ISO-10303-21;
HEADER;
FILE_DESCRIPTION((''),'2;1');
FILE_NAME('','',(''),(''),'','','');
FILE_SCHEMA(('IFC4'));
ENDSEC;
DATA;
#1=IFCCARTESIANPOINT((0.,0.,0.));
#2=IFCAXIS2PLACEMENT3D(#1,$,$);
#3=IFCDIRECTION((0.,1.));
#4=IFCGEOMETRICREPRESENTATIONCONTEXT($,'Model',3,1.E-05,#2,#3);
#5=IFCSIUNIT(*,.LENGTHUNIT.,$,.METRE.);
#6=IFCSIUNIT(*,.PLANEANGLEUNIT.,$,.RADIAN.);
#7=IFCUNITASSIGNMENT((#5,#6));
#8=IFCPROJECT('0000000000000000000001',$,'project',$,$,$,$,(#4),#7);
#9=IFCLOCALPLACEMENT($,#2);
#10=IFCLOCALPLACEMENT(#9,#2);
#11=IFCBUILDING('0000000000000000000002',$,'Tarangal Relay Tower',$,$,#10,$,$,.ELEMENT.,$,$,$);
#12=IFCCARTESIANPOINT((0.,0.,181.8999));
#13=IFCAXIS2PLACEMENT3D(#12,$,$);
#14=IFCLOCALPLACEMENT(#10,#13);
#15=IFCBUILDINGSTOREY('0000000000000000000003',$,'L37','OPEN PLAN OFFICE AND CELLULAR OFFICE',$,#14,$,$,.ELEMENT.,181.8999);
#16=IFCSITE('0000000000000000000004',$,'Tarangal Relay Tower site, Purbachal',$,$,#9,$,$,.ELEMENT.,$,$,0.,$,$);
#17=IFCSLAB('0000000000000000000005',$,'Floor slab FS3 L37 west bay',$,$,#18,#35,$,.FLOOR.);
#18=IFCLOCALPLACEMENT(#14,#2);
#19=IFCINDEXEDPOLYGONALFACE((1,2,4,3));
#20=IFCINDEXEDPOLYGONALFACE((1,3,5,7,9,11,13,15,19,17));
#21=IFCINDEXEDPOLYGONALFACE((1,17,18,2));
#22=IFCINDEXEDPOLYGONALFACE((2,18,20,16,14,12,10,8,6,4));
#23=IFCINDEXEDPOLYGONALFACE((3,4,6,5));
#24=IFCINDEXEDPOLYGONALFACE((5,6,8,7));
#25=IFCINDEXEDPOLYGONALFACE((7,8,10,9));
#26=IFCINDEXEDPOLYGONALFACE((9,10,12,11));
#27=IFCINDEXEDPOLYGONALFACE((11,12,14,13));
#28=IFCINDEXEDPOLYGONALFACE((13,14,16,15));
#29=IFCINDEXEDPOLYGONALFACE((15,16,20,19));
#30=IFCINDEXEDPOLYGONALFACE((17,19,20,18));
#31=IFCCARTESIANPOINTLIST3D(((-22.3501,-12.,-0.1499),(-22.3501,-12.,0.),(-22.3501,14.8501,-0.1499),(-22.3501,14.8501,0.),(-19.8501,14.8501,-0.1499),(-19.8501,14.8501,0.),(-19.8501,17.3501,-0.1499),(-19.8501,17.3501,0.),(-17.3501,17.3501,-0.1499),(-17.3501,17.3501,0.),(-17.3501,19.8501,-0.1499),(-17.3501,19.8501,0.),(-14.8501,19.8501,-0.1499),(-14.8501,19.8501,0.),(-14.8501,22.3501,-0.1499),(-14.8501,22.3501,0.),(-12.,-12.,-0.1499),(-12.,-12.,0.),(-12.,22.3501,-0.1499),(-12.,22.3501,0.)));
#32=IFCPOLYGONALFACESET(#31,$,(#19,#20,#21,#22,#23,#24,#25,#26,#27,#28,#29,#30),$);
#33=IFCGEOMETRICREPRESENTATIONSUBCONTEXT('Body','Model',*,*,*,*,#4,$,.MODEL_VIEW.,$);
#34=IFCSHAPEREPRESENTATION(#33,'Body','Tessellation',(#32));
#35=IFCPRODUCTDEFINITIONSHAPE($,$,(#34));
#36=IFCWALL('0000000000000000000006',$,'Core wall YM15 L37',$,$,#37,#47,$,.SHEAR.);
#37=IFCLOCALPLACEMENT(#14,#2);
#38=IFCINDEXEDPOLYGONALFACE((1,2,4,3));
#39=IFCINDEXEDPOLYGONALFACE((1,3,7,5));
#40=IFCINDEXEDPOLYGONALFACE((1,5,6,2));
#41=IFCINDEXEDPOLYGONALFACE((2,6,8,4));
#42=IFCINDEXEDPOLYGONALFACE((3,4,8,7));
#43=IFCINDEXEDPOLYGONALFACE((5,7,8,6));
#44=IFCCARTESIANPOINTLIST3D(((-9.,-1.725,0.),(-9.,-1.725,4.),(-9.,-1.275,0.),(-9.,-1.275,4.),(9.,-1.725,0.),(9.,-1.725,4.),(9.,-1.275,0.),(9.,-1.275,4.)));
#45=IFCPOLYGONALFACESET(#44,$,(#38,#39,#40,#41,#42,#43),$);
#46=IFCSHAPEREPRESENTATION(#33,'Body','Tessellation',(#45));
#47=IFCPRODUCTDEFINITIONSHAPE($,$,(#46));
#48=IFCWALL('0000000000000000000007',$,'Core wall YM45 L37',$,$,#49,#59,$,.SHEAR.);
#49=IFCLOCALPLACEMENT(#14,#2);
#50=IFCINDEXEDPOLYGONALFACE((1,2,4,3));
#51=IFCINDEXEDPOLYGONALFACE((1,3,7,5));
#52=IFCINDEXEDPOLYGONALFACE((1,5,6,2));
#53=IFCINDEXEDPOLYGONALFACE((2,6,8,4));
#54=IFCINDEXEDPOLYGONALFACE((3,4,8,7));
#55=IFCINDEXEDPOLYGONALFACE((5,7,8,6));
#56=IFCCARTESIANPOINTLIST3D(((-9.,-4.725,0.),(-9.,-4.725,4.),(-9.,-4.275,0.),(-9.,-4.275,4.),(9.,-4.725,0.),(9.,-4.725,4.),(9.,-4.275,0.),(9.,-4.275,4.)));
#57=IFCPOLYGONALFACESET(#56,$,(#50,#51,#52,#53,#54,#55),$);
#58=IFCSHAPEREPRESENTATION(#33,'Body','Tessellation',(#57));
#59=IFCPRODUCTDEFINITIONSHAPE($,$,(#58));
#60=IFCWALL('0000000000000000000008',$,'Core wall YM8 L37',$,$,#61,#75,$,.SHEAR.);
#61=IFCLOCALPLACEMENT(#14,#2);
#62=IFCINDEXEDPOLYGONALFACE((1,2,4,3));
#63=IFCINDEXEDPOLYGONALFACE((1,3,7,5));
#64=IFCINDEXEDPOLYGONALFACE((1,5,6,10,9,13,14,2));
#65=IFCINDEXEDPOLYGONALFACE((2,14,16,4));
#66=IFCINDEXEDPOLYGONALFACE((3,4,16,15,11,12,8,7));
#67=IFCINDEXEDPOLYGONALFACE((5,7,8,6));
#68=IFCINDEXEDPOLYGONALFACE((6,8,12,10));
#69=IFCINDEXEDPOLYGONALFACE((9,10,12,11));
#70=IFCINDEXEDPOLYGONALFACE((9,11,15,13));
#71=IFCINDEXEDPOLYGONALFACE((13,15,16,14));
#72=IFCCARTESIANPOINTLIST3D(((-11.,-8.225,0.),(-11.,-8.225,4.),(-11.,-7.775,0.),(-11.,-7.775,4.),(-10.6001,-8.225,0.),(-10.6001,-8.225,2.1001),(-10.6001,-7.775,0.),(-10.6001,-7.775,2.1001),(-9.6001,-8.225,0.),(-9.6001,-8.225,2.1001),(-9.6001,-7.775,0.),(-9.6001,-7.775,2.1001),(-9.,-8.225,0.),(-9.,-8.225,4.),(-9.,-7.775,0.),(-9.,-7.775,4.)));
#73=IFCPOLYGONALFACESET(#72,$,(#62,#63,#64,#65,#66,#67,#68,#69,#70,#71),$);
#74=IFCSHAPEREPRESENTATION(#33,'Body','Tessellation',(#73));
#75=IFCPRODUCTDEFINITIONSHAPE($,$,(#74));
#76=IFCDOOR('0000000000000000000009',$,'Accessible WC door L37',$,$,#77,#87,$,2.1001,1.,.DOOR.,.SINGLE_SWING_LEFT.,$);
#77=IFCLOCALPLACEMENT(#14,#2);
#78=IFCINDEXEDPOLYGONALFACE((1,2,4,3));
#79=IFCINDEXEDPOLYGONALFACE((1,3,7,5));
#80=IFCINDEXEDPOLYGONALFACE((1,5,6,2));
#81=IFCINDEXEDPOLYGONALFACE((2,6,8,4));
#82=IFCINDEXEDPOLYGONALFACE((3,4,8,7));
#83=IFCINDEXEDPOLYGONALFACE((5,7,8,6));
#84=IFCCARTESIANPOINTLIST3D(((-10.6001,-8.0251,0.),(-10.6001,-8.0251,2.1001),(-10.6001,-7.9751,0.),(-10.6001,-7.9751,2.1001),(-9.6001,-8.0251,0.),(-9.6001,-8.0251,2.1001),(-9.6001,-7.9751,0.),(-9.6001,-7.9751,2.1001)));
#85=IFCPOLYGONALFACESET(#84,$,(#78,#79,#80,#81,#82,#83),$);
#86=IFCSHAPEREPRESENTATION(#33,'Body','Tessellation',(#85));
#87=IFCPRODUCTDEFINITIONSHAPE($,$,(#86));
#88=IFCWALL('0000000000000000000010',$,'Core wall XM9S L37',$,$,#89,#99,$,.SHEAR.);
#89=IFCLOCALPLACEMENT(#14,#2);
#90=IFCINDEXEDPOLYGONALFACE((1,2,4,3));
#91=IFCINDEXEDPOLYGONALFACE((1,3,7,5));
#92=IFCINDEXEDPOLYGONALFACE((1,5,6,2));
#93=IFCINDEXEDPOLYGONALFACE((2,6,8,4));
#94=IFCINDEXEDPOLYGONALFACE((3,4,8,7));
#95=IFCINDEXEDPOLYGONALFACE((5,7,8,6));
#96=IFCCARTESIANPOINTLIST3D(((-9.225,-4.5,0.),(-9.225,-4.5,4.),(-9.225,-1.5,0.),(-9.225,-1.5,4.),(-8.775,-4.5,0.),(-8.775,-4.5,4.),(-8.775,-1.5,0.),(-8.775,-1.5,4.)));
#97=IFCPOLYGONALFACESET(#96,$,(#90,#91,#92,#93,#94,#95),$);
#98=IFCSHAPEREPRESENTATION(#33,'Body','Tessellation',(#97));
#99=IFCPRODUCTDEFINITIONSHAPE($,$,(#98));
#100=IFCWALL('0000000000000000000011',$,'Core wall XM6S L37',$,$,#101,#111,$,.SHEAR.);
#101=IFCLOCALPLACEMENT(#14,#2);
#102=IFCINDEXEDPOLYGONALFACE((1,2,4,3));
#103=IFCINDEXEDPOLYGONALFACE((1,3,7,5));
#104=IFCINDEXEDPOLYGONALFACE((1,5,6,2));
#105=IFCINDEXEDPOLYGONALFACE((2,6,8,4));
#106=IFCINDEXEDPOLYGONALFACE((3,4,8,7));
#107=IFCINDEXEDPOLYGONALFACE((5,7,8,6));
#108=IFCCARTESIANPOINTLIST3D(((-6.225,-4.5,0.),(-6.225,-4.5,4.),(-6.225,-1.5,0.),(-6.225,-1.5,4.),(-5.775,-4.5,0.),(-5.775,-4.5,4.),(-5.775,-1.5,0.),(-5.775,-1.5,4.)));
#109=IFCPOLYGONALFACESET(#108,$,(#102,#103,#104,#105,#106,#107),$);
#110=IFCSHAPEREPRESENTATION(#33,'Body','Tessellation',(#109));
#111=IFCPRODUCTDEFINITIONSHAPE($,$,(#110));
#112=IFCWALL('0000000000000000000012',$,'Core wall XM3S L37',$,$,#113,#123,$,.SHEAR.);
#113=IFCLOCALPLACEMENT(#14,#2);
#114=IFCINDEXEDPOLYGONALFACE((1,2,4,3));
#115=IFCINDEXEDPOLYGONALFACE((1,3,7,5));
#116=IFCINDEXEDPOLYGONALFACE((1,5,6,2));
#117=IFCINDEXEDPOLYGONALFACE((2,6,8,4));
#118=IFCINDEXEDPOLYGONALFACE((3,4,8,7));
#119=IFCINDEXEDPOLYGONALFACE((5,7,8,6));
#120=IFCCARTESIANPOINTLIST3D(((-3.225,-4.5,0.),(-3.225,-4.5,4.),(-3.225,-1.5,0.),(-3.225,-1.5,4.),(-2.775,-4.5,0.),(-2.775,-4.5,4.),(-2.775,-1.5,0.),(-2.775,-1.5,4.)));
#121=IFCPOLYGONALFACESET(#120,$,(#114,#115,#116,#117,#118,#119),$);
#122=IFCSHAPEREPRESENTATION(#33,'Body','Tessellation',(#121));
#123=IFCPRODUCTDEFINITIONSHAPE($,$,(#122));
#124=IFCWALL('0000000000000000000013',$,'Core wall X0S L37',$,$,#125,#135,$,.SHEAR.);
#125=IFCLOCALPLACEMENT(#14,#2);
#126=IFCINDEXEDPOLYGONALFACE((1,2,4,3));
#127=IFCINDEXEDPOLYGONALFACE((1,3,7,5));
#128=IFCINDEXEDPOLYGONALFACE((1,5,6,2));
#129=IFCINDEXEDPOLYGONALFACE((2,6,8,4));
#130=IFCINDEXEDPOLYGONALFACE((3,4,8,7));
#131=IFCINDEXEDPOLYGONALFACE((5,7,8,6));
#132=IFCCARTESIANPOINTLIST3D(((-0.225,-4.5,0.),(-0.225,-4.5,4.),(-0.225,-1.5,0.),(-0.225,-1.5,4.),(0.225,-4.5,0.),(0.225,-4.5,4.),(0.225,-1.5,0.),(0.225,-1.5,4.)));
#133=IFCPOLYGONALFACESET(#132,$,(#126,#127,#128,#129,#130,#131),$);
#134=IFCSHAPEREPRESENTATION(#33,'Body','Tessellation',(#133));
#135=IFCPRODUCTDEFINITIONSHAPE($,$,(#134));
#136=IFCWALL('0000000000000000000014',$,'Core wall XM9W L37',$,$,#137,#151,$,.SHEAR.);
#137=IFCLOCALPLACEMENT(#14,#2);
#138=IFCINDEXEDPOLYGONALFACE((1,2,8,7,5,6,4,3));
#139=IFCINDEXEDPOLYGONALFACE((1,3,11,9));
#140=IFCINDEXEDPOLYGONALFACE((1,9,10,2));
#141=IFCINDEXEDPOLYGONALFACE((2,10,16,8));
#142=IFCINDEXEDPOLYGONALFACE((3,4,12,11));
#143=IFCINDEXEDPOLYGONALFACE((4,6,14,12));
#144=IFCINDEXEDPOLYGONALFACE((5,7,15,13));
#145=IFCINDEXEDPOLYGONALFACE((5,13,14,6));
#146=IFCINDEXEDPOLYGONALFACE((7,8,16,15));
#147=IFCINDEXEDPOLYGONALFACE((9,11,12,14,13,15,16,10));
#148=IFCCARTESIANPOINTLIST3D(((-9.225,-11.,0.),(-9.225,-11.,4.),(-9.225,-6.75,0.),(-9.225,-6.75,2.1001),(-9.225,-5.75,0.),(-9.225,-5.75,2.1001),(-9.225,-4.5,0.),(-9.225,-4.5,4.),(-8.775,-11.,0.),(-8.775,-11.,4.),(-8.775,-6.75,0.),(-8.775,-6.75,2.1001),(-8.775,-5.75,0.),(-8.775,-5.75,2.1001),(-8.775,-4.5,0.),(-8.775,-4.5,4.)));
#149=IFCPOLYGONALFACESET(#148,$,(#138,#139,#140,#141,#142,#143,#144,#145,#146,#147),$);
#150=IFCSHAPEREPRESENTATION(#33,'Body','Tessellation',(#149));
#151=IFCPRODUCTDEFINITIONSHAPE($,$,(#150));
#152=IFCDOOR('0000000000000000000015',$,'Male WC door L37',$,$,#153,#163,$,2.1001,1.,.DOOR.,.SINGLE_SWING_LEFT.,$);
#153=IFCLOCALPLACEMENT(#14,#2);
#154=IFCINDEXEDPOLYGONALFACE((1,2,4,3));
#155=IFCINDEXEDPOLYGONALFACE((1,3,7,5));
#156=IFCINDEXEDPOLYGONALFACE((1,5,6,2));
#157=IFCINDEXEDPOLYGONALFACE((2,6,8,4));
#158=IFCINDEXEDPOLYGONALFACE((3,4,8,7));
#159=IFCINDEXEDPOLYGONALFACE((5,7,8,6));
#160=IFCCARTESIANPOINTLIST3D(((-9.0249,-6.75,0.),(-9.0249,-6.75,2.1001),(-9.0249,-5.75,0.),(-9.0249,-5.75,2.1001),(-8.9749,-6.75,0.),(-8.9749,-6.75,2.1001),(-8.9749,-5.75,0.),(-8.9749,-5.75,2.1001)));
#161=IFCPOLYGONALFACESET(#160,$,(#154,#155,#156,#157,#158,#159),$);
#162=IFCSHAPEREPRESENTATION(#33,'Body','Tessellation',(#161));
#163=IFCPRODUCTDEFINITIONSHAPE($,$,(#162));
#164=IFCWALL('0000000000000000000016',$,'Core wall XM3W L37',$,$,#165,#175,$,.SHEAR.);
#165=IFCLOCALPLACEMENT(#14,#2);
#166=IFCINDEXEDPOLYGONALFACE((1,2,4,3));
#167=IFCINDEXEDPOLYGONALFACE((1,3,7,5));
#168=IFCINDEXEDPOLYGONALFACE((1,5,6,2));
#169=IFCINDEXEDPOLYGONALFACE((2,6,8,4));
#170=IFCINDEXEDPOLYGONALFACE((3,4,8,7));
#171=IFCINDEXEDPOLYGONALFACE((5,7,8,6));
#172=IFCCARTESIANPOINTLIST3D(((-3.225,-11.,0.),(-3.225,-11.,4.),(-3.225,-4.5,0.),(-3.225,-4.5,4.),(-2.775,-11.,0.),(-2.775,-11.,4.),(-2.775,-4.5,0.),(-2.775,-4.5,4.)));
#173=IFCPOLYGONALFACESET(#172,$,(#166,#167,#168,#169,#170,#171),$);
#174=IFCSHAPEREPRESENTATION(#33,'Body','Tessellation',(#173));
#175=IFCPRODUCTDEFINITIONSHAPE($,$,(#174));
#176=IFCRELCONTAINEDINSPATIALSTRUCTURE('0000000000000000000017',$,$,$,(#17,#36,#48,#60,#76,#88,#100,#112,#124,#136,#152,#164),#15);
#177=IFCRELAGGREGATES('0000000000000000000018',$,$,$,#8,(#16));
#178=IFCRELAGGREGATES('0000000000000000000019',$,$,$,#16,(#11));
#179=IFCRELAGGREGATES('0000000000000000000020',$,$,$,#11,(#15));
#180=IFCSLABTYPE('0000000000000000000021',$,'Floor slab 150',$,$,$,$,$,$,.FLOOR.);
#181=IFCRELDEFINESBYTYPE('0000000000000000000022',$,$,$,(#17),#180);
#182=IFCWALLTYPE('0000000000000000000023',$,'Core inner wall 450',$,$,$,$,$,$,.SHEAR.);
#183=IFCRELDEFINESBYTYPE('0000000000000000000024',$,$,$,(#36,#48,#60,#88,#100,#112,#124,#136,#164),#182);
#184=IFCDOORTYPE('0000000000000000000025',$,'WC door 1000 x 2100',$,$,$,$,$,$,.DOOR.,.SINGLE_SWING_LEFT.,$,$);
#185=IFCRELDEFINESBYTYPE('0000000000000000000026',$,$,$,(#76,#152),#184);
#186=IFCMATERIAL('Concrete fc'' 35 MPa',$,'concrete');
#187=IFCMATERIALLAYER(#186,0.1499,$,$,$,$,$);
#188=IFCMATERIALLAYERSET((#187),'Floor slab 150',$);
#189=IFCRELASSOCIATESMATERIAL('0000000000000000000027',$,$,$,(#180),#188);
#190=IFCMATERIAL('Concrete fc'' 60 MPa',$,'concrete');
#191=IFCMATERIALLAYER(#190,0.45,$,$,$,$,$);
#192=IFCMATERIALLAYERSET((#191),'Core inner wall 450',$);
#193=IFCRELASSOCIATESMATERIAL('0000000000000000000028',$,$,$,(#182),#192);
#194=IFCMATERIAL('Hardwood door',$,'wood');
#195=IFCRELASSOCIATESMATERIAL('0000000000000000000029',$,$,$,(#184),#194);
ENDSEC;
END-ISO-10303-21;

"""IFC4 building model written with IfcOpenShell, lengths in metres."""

from ifc_helpers import new_model, si_unit, direction, frame, frame_2d, origin, place, context, subcontext, project, spatial, polyline, rectangle, outline, extrude, material, layer, layer_set, type_object, element, fill, save


model = new_model("IFC4")

# Units and contexts
model_context = context("Model", 3, precision=1e-05, world=origin(), true_north=direction((0.0, 1.0)))
body_context = subcontext(model_context, "Body", "Model", "MODEL_VIEW")
ifc_project = project(units=[si_unit("LENGTHUNIT", "METRE"), si_unit("PLANEANGLEUNIT", "RADIAN")], contexts=[model_context])

# Site, building, storey
site_placement = place(None, origin())
site = spatial("IfcSite", under=ifc_project, at=site_placement, Name="Tarangal Relay Tower site, Purbachal", CompositionType="ELEMENT", RefElevation=0.0)
building_placement = place(site_placement, origin())
building = spatial("IfcBuilding", under=site, at=building_placement, Name="Tarangal Relay Tower", CompositionType="ELEMENT")
storey_placement = place(building_placement, frame((0.0, 0.0, 181.8999)))
storey = spatial("IfcBuildingStorey", under=building, at=storey_placement, Name="L37", Description="OPEN PLAN OFFICE AND CELLULAR OFFICE", CompositionType="ELEMENT", Elevation=181.8999)

# Slab
ifc_material_1 = material(Name="Concrete fc' 35 MPa", Category="concrete")
ifc_layer_1 = layer(ifc_material_1, 0.1499)
ifc_layer_set_1 = layer_set([ifc_layer_1], Name="Floor slab 150")
slab_type = type_object("IfcSlabType", Name="Floor slab 150", PredefinedType="FLOOR", material=ifc_layer_set_1)
slab_1_placement = place(storey_placement, frame((0.0, 0.0, -0.1499)))
element("IfcSlab", 1, at=slab_1_placement, inside=storey, type_object=slab_type, Name="Floor slab FS3 L37 west bay", PredefinedType="FLOOR", context=body_context, shape_type="SweptSolid", body=[
    extrude(outline(polyline([(-12.0, 22.3501), (-12.0, -12.0), (-22.3501, -12.0), (-22.3501, 14.8501), (-19.8501, 14.8501), (-19.8501, 17.3501), (-17.3501, 17.3501), (-17.3501, 19.8501), (-14.8501, 19.8501), (-14.8501, 22.3501), (-12.0, 22.3501)])), origin(), (0.0, 0.0, 1.0), 0.1499),
])

# Walls
ifc_material_2 = material(Name="Concrete fc' 60 MPa", Category="concrete")
ifc_layer_2 = layer(ifc_material_2, 0.45)
ifc_layer_set_2 = layer_set([ifc_layer_2], Name="Core inner wall 450")
wall_type_1 = type_object("IfcWallType", Name="Core inner wall 450", PredefinedType="SHEAR", material=ifc_layer_set_2)
for number, where, z_axis, x_axis, name in (
    (2, (-9.0, -1.5, 0.0), (0.0, 0.0, 1.0), (1.0, 0.0, 0.0), "Core wall YM15 L37"),
    (3, (-9.0, -4.5, 0.0), (0.0, 0.0, 1.0), (1.0, 0.0, 0.0), "Core wall YM45 L37"),
):
    element("IfcWall", number, at=place(storey_placement, frame(where, z_axis=z_axis, x_axis=x_axis)), inside=storey, type_object=wall_type_1, Name=name, PredefinedType="SHEAR", context=body_context, shape_type="SweptSolid", body=[
        extrude(rectangle(XDim=18.0, YDim=0.45, at=frame_2d((9.0, 0.0))), origin(), (0.0, 0.0, 1.0), 4.0),
    ])

# Wall, opening, door
wall_1_placement = place(storey_placement, frame((-11.0, -8.0, 0.0), z_axis=(0.0, 0.0, 1.0), x_axis=(1.0, 0.0, 0.0)))
wall_1 = element("IfcWall", 4, at=wall_1_placement, inside=storey, type_object=wall_type_1, Name="Core wall YM8 L37", PredefinedType="SHEAR", context=body_context, shape_type="SweptSolid", body=[
    extrude(rectangle(XDim=2.0, YDim=0.45, at=frame_2d((1.0, 0.0))), origin(), (0.0, 0.0, 1.0), 4.0),
])
opening_1_placement = place(wall_1_placement, frame((0.3999, 0.0, 0.0)))
opening_1 = element("IfcOpeningElement", 5, at=opening_1_placement, cuts=wall_1, PredefinedType="OPENING", context=body_context, shape_type="SweptSolid", body=[
    extrude(rectangle(XDim=1.0, YDim=2.1001, at=frame_2d((0.5, 1.05))), frame((0.0, 0.2349, 0.0), z_axis=(0.0, -1.0, 0.0), x_axis=(1.0, 0.0, 0.0)), (0.0, 0.0, 1.0), 0.47),
])
ifc_material_3 = material(Name="Hardwood door", Category="wood")
door_type_1 = type_object("IfcDoorType", Name="WC door 1000 x 2100", OperationType="SINGLE_SWING_LEFT", PredefinedType="DOOR", material=ifc_material_3)
door_1_placement = place(opening_1_placement, origin())
door_1 = element("IfcDoor", 6, at=door_1_placement, inside=storey, type_object=door_type_1, Name="Accessible WC door L37", OperationType="SINGLE_SWING_LEFT", OverallHeight=2.1001, OverallWidth=1.0, PredefinedType="DOOR", context=body_context, shape_type="SweptSolid", body=[
    extrude(rectangle(XDim=1.0, YDim=2.1001, at=frame_2d((0.5, 1.05))), frame((0.0, 0.0249, 0.0), z_axis=(0.0, -1.0, 0.0), x_axis=(1.0, 0.0, 0.0)), (0.0, 0.0, 1.0), 0.05),
])
fill(opening_1, door_1)

# Walls
for number, where, z_axis, x_axis, name in (
    (7, (-9.0, -4.5, 0.0), (0.0, 0.0, 1.0), (0.0, 1.0, 0.0), "Core wall XM9S L37"),
    (8, (-6.0, -4.5, 0.0), (0.0, 0.0, 1.0), (0.0, 1.0, 0.0), "Core wall XM6S L37"),
    (9, (-3.0, -4.5, 0.0), (0.0, 0.0, 1.0), (0.0, 1.0, 0.0), "Core wall XM3S L37"),
    (10, (0.0, -4.5, 0.0), (0.0, 0.0, 1.0), (0.0, 1.0, 0.0), "Core wall X0S L37"),
):
    element("IfcWall", number, at=place(storey_placement, frame(where, z_axis=z_axis, x_axis=x_axis)), inside=storey, type_object=wall_type_1, Name=name, PredefinedType="SHEAR", context=body_context, shape_type="SweptSolid", body=[
        extrude(rectangle(XDim=3.0, YDim=0.45, at=frame_2d((1.5, 0.0))), origin(), (0.0, 0.0, 1.0), 4.0),
    ])

# Wall, opening, door
wall_2_placement = place(storey_placement, frame((-9.0, -11.0, 0.0), z_axis=(0.0, 0.0, 1.0), x_axis=(0.0, 1.0, 0.0)))
wall_2 = element("IfcWall", 11, at=wall_2_placement, inside=storey, type_object=wall_type_1, Name="Core wall XM9W L37", PredefinedType="SHEAR", context=body_context, shape_type="SweptSolid", body=[
    extrude(rectangle(XDim=6.5, YDim=0.45, at=frame_2d((3.25, 0.0))), origin(), (0.0, 0.0, 1.0), 4.0),
])
opening_2_placement = place(wall_2_placement, frame((4.25, 0.0, 0.0)))
opening_2 = element("IfcOpeningElement", 12, at=opening_2_placement, cuts=wall_2, PredefinedType="OPENING", context=body_context, shape_type="SweptSolid", body=[
    extrude(rectangle(XDim=1.0, YDim=2.1001, at=frame_2d((0.5, 1.05))), frame((0.0, 0.2349, 0.0), z_axis=(0.0, -1.0, 0.0), x_axis=(1.0, 0.0, 0.0)), (0.0, 0.0, 1.0), 0.47),
])
door_2_placement = place(opening_2_placement, origin())
door_2 = element("IfcDoor", 13, at=door_2_placement, inside=storey, type_object=door_type_1, Name="Male WC door L37", OperationType="SINGLE_SWING_LEFT", OverallHeight=2.1001, OverallWidth=1.0, PredefinedType="DOOR", context=body_context, shape_type="SweptSolid", body=[
    extrude(rectangle(XDim=1.0, YDim=2.1001, at=frame_2d((0.5, 1.05))), frame((0.0, 0.0249, 0.0), z_axis=(0.0, -1.0, 0.0), x_axis=(1.0, 0.0, 0.0)), (0.0, 0.0, 1.0), 0.05),
])
fill(opening_2, door_2)

# Wall
wall_3_placement = place(storey_placement, frame((-3.0, -11.0, 0.0), z_axis=(0.0, 0.0, 1.0), x_axis=(0.0, 1.0, 0.0)))
element("IfcWall", 14, at=wall_3_placement, inside=storey, type_object=wall_type_1, Name="Core wall XM3W L37", PredefinedType="SHEAR", context=body_context, shape_type="SweptSolid", body=[
    extrude(rectangle(XDim=6.5, YDim=0.45, at=frame_2d((3.25, 0.0))), origin(), (0.0, 0.0, 1.0), 4.0),
])

save(model, "model.ifc")
